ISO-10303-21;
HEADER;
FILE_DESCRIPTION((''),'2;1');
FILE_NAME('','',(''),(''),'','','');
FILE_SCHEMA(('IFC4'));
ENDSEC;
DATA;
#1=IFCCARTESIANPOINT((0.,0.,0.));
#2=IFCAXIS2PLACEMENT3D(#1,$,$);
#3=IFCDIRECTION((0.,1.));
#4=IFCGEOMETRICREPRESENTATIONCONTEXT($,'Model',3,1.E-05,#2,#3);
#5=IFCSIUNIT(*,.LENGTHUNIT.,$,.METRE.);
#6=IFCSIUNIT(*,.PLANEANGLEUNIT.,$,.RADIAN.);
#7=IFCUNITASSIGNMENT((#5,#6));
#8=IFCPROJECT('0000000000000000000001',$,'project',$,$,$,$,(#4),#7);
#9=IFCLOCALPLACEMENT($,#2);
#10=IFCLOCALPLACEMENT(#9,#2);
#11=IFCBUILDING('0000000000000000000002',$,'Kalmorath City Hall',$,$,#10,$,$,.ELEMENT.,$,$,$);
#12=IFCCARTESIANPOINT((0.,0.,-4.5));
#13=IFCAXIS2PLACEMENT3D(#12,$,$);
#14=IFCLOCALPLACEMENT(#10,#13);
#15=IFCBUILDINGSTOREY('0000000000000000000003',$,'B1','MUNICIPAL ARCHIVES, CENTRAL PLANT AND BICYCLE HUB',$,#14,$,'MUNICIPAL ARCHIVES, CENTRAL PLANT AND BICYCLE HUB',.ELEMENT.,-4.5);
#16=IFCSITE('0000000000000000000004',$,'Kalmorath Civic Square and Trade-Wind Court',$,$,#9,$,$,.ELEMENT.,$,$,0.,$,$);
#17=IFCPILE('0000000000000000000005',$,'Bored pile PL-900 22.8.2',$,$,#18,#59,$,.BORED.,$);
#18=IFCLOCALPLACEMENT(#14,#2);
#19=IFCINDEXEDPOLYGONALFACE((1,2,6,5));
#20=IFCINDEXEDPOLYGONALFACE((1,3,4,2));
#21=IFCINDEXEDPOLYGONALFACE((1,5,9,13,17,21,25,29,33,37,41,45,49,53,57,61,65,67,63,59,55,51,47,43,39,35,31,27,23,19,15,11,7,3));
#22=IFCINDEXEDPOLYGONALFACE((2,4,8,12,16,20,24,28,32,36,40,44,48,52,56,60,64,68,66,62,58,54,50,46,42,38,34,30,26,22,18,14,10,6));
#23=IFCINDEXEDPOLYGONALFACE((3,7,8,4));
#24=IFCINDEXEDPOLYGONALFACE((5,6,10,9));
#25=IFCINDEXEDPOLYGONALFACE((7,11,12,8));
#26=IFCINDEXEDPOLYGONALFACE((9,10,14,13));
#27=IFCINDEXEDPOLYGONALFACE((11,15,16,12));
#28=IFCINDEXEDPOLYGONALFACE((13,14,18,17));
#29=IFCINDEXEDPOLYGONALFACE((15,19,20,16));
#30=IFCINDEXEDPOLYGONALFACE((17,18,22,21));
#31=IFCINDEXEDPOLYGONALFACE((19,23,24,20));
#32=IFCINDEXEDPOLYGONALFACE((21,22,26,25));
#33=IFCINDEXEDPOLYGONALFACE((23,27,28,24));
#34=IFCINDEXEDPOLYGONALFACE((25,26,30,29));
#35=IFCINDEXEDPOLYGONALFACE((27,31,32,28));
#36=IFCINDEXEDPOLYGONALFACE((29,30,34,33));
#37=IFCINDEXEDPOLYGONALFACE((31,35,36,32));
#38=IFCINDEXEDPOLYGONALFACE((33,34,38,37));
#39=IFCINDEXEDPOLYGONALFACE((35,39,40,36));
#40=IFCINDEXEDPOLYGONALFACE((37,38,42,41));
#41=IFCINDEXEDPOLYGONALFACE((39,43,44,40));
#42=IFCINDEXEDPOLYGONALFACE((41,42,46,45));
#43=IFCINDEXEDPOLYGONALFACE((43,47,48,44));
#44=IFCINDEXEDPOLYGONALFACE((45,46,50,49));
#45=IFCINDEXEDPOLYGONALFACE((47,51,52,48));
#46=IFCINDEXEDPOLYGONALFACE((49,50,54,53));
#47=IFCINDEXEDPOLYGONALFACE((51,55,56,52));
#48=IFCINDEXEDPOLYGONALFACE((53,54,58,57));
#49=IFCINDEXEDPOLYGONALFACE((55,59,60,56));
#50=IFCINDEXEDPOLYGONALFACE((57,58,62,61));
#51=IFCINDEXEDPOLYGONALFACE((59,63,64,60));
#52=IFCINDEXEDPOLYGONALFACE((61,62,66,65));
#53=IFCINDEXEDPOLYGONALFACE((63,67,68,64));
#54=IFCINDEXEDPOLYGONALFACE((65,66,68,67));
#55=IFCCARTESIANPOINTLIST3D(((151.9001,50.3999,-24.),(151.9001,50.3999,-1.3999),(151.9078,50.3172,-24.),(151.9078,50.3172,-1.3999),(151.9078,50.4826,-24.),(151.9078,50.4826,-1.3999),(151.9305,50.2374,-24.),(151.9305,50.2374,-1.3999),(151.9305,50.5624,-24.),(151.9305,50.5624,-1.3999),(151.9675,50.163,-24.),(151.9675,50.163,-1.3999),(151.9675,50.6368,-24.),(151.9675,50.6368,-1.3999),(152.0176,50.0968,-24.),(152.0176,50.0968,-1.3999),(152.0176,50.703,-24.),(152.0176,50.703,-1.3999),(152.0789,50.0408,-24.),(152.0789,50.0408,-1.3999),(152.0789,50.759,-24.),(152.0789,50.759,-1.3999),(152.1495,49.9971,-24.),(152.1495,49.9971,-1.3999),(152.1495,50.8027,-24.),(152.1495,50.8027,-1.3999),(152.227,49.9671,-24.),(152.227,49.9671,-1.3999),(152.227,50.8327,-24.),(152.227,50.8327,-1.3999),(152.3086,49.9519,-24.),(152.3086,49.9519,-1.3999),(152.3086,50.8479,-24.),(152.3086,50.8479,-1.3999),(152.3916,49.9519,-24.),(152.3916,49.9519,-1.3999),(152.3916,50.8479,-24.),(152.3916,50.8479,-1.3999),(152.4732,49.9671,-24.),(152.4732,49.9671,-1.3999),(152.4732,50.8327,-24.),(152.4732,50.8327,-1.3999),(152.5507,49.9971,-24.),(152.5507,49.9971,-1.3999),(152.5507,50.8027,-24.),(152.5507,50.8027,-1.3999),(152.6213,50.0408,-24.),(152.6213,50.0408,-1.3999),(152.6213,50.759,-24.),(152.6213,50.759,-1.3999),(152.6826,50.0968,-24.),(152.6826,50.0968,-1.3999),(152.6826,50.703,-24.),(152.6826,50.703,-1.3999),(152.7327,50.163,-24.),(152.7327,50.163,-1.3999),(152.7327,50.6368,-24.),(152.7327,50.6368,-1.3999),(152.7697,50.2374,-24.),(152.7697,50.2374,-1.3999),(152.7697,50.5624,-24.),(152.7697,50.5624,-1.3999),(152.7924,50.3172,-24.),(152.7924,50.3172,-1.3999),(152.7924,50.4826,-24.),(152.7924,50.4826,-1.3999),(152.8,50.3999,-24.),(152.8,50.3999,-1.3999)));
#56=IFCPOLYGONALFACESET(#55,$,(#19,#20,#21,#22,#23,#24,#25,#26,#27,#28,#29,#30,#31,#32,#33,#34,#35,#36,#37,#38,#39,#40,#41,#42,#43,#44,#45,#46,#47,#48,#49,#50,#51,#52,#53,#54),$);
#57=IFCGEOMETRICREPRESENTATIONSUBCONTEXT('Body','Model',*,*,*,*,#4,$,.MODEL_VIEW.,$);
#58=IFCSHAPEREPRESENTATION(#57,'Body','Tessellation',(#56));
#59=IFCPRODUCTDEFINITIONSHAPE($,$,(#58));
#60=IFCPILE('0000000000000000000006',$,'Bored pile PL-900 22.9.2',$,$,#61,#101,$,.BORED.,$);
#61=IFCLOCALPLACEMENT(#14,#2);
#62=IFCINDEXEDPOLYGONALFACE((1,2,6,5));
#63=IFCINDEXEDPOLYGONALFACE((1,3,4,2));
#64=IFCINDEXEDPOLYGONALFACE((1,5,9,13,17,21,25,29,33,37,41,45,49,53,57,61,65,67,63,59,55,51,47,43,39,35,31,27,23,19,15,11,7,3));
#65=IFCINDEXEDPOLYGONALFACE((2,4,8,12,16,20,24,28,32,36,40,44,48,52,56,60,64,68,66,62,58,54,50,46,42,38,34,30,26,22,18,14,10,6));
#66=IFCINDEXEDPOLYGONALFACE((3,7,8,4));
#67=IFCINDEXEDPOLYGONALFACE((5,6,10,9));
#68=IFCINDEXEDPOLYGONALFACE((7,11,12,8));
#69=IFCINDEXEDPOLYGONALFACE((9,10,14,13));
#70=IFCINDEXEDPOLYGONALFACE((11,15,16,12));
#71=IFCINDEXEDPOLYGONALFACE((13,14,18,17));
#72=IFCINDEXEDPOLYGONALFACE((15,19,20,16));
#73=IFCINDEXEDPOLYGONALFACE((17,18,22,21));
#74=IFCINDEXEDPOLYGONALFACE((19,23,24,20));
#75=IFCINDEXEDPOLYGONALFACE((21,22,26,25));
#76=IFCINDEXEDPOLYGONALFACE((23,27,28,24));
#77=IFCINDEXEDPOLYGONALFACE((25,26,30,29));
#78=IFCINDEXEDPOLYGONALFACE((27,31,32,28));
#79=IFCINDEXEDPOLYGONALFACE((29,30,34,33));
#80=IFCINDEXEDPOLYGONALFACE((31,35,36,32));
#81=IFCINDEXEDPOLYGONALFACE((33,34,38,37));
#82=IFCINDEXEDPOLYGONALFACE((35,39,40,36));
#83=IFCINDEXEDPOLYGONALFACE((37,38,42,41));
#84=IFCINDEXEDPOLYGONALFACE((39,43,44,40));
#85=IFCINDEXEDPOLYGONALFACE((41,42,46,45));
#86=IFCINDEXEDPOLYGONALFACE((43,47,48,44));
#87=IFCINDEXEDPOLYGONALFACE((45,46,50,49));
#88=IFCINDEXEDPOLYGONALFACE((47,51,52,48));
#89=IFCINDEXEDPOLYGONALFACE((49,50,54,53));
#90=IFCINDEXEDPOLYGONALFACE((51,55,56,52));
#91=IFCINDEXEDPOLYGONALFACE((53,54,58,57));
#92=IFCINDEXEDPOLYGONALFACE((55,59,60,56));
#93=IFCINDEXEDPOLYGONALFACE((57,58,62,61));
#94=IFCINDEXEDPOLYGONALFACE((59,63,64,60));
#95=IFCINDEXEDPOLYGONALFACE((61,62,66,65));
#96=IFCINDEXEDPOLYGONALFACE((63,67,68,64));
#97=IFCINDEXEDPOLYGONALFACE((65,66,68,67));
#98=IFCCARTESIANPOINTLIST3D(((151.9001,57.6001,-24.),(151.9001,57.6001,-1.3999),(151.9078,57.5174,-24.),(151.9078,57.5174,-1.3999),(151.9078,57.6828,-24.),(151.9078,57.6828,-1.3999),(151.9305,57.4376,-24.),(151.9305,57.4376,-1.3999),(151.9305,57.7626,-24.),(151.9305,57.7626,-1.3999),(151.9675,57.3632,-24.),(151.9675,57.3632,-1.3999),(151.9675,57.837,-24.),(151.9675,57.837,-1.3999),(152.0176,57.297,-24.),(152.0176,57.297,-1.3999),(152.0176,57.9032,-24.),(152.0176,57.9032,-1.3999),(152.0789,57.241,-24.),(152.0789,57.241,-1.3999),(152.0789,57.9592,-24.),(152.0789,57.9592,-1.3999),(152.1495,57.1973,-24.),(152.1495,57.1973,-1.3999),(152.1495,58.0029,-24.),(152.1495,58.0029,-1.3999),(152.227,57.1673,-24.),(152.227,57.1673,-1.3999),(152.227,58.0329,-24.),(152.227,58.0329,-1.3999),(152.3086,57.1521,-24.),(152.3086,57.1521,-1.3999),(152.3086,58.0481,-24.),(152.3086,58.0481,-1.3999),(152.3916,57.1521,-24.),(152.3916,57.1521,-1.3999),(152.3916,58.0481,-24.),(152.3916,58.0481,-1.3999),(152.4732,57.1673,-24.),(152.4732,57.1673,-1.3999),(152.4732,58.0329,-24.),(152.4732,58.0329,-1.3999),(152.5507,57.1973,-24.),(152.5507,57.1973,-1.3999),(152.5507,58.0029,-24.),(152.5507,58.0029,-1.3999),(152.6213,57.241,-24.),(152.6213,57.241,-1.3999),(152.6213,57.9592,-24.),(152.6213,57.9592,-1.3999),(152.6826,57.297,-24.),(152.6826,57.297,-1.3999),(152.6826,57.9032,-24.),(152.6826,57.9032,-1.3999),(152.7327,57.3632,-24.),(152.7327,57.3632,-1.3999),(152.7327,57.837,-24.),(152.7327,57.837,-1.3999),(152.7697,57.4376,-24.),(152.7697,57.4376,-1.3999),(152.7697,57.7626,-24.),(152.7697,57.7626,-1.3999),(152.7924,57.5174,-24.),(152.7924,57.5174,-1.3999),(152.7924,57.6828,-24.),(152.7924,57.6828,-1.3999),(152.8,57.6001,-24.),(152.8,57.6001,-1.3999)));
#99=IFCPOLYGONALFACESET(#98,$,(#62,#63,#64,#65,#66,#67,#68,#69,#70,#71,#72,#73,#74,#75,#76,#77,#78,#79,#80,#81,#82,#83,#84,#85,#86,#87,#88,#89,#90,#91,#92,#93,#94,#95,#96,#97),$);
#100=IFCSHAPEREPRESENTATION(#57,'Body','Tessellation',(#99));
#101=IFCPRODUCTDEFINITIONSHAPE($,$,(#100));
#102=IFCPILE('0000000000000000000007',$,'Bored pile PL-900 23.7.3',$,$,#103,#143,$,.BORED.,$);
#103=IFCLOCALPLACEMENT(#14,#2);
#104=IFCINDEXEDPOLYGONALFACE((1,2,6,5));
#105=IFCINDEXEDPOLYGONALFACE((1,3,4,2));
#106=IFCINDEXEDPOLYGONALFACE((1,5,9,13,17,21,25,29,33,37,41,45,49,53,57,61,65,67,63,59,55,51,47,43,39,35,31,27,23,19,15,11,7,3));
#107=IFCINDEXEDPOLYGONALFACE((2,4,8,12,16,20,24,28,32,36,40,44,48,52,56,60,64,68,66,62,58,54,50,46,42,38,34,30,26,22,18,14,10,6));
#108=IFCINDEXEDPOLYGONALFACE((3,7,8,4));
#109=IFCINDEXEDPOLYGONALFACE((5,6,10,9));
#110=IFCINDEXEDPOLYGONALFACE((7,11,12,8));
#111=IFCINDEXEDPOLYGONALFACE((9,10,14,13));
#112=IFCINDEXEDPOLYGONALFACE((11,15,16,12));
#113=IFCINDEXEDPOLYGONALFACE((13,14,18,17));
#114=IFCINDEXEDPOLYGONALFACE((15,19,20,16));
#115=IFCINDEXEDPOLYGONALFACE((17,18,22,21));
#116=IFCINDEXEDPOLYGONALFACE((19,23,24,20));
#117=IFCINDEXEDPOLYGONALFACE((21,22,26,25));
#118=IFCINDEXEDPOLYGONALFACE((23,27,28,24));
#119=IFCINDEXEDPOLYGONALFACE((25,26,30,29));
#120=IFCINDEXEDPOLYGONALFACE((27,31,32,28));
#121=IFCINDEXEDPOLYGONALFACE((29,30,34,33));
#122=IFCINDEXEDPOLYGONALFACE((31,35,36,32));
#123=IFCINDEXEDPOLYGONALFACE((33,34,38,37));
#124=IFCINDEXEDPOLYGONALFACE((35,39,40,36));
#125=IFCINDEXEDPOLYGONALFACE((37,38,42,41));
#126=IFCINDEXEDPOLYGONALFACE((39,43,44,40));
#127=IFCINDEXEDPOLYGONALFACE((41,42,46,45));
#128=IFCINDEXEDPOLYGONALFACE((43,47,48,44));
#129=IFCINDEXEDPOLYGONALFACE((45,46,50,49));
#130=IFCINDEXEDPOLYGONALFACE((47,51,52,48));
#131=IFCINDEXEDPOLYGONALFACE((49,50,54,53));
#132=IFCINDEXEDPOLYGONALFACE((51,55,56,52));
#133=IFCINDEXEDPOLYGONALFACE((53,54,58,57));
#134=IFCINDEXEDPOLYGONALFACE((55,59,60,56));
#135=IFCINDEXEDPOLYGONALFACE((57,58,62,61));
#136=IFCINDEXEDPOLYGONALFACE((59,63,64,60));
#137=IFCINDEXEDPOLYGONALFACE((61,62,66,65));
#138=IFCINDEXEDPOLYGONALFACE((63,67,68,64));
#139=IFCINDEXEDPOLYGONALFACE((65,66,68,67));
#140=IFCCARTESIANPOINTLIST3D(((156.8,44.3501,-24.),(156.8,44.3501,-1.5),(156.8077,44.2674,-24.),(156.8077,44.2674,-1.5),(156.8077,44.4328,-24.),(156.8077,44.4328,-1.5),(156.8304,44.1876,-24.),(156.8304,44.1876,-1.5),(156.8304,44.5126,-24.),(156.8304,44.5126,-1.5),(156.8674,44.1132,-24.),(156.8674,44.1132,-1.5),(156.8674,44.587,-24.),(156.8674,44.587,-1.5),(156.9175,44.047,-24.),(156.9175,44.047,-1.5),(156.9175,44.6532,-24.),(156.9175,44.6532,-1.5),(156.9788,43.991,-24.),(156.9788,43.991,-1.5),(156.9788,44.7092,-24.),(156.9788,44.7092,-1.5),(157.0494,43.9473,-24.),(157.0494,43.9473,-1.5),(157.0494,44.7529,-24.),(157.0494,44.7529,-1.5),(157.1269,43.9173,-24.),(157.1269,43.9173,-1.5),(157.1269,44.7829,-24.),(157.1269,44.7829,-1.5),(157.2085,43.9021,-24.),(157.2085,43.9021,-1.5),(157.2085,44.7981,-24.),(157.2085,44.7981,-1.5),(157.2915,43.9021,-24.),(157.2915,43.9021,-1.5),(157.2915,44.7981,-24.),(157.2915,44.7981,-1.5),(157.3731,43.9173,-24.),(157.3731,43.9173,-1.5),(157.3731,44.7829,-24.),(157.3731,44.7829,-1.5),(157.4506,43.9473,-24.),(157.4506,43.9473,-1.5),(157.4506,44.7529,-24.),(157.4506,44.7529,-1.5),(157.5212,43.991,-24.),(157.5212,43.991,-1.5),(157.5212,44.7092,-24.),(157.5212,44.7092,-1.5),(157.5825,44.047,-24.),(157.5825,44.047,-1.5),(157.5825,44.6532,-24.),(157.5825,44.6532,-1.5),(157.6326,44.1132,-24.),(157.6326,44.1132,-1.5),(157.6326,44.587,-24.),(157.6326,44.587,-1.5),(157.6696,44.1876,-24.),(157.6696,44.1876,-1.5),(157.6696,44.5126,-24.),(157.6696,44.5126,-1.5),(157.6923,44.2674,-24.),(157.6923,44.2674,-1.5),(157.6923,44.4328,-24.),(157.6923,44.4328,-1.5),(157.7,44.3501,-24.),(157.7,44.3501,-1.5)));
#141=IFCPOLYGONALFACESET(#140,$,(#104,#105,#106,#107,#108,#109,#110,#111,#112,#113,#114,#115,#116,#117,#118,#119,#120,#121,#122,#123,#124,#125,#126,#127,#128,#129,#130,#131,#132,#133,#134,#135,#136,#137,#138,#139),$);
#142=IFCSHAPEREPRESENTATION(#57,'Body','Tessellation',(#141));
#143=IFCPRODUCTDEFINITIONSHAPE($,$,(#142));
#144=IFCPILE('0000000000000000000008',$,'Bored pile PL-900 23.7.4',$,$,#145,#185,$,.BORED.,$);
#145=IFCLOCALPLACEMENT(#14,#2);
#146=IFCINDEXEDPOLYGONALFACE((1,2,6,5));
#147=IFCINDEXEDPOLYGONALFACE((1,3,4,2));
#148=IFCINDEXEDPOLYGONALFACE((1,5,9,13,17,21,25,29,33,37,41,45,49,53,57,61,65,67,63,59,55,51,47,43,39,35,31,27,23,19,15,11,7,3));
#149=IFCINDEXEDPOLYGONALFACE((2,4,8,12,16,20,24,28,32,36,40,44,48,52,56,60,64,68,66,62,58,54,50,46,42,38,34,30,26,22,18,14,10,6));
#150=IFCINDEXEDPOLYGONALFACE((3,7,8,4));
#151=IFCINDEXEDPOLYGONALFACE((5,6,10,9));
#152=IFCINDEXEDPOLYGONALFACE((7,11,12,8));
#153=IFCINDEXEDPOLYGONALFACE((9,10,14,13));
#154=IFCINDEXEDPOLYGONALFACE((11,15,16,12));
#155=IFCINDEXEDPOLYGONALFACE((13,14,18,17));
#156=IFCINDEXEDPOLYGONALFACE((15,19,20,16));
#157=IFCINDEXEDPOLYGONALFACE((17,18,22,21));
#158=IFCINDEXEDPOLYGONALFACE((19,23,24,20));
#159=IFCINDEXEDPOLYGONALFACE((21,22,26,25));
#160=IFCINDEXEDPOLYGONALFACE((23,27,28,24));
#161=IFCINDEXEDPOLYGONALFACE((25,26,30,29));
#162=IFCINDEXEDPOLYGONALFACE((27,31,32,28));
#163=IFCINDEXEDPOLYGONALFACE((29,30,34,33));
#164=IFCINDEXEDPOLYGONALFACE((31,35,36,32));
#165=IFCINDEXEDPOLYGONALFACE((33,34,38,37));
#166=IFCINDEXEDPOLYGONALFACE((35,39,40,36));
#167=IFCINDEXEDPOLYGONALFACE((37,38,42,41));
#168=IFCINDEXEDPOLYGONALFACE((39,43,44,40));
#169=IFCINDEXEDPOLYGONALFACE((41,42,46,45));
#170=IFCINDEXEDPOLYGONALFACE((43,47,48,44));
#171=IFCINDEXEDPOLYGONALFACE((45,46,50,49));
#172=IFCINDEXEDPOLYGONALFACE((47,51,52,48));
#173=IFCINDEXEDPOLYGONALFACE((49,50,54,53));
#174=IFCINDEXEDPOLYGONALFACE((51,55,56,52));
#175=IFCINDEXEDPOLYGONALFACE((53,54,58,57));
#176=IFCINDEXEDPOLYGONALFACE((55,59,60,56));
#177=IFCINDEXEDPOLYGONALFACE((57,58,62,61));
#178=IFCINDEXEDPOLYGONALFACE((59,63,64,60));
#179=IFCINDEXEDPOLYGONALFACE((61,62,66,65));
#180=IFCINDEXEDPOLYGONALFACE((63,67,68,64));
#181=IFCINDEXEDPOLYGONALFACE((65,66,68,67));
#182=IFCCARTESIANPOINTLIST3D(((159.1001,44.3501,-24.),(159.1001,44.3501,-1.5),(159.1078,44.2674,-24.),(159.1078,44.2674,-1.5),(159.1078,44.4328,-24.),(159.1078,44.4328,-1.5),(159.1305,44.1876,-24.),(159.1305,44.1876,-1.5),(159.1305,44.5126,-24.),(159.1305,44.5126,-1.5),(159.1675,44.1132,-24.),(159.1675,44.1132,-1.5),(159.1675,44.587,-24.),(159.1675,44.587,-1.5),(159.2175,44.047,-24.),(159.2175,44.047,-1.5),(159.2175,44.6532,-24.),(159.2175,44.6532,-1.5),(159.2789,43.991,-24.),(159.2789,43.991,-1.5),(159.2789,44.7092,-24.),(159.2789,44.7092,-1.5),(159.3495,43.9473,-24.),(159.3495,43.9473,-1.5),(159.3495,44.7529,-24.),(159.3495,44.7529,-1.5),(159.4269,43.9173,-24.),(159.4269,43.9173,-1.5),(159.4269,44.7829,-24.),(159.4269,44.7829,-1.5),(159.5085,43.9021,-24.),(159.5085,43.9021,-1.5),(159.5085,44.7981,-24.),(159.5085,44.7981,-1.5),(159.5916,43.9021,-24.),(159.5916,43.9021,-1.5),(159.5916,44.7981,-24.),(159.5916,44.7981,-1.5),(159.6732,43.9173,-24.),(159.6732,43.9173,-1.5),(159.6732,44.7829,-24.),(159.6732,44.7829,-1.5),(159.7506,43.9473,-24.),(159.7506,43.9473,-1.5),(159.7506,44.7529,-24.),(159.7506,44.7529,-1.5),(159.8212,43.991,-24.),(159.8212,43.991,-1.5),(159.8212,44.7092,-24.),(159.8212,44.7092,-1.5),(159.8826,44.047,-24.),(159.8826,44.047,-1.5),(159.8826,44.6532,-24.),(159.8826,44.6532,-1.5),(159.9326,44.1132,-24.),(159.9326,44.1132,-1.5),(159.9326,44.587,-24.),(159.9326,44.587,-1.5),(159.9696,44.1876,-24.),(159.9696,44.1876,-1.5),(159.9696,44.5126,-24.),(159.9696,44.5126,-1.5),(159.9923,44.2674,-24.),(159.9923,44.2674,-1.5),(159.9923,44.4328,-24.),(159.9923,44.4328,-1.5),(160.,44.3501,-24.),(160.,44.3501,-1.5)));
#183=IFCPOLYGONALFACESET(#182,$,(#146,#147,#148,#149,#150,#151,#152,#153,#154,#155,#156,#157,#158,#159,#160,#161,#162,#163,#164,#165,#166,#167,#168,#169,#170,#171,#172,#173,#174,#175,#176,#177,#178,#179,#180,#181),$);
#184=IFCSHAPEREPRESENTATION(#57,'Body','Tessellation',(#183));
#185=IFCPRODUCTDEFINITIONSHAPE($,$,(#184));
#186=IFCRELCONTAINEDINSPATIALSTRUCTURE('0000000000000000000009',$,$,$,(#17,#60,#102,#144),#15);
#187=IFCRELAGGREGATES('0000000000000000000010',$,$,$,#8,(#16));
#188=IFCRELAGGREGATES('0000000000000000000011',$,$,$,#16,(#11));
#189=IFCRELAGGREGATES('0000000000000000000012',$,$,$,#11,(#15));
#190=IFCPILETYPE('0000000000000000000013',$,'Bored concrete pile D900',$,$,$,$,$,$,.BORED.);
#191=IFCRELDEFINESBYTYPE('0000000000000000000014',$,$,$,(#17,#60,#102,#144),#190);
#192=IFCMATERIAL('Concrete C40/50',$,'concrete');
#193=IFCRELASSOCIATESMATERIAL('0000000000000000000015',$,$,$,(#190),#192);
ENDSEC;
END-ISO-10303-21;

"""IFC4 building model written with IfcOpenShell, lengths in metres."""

from ifc_helpers import new_model, si_unit, direction, frame, origin, origin_2d, place, context, subcontext, project, spatial, circle, extrude, material, material_profile, profile_set, type_object, element, save


model = new_model("IFC4")

# Units and contexts
model_context = context("Model", 3, precision=1e-05, world=origin(), true_north=direction((0.0, 1.0)))
body_context = subcontext(model_context, "Body", "Model", "MODEL_VIEW")
ifc_project = project(units=[si_unit("LENGTHUNIT", "METRE"), si_unit("PLANEANGLEUNIT", "RADIAN")], contexts=[model_context])

# Site, building, storey
site_placement = place(None, origin())
site = spatial("IfcSite", under=ifc_project, at=site_placement, Name="Kalmorath Civic Square and Trade-Wind Court", CompositionType="ELEMENT", RefElevation=0.0)
building_placement = place(site_placement, origin())
building = spatial("IfcBuilding", under=site, at=building_placement, Name="Kalmorath City Hall", CompositionType="ELEMENT")
storey_placement = place(building_placement, frame((0.0, 0.0, -4.5)))
storey = spatial("IfcBuildingStorey", under=building, at=storey_placement, Name="B1", Description="MUNICIPAL ARCHIVES, CENTRAL PLANT AND BICYCLE HUB", LongName="MUNICIPAL ARCHIVES, CENTRAL PLANT AND BICYCLE HUB", CompositionType="ELEMENT", Elevation=-4.5)

# Piles
ifc_material_1 = material(Name="Concrete C40/50", Category="concrete")
ifc_material_profile_1 = material_profile(ifc_material_1, circle(Radius=0.45, at=origin_2d()), Name="PILE-D900")
ifc_profile_set_1 = profile_set([ifc_material_profile_1], Name="Concrete C40/50")
pile_type = type_object("IfcPileType", Name="Bored concrete pile D900", PredefinedType="BORED", material=ifc_profile_set_1)
for number, where, z_axis, x_axis, name in (
    (1, (152.3501, 50.3999, -1.3999), (0.0, 0.0, -1.0), (1.0, 0.0, 0.0), "Bored pile PL-900 22.8.2"),
    (2, (152.3501, 57.6001, -1.3999), (0.0, 0.0, -1.0), (1.0, 0.0, 0.0), "Bored pile PL-900 22.9.2"),
):
    element("IfcPile", number, at=place(storey_placement, frame(where, z_axis=z_axis, x_axis=x_axis)), inside=storey, type_object=pile_type, Name=name, PredefinedType="BORED", context=body_context, shape_type="SweptSolid", body=[
        extrude(circle(Radius=0.45, at=origin_2d()), origin(), (0.0, 0.0, 1.0), 22.6001),
    ])
for number, where, z_axis, x_axis, name in (
    (3, (157.25, 44.3501, -1.5), (0.0, 0.0, -1.0), (1.0, 0.0, 0.0), "Bored pile PL-900 23.7.3"),
    (4, (159.55, 44.3501, -1.5), (0.0, 0.0, -1.0), (1.0, 0.0, 0.0), "Bored pile PL-900 23.7.4"),
):
    element("IfcPile", number, at=place(storey_placement, frame(where, z_axis=z_axis, x_axis=x_axis)), inside=storey, type_object=pile_type, Name=name, PredefinedType="BORED", context=body_context, shape_type="SweptSolid", body=[
        extrude(circle(Radius=0.45, at=origin_2d()), origin(), (0.0, 0.0, 1.0), 22.5),
    ])

save(model, "model.ifc")
